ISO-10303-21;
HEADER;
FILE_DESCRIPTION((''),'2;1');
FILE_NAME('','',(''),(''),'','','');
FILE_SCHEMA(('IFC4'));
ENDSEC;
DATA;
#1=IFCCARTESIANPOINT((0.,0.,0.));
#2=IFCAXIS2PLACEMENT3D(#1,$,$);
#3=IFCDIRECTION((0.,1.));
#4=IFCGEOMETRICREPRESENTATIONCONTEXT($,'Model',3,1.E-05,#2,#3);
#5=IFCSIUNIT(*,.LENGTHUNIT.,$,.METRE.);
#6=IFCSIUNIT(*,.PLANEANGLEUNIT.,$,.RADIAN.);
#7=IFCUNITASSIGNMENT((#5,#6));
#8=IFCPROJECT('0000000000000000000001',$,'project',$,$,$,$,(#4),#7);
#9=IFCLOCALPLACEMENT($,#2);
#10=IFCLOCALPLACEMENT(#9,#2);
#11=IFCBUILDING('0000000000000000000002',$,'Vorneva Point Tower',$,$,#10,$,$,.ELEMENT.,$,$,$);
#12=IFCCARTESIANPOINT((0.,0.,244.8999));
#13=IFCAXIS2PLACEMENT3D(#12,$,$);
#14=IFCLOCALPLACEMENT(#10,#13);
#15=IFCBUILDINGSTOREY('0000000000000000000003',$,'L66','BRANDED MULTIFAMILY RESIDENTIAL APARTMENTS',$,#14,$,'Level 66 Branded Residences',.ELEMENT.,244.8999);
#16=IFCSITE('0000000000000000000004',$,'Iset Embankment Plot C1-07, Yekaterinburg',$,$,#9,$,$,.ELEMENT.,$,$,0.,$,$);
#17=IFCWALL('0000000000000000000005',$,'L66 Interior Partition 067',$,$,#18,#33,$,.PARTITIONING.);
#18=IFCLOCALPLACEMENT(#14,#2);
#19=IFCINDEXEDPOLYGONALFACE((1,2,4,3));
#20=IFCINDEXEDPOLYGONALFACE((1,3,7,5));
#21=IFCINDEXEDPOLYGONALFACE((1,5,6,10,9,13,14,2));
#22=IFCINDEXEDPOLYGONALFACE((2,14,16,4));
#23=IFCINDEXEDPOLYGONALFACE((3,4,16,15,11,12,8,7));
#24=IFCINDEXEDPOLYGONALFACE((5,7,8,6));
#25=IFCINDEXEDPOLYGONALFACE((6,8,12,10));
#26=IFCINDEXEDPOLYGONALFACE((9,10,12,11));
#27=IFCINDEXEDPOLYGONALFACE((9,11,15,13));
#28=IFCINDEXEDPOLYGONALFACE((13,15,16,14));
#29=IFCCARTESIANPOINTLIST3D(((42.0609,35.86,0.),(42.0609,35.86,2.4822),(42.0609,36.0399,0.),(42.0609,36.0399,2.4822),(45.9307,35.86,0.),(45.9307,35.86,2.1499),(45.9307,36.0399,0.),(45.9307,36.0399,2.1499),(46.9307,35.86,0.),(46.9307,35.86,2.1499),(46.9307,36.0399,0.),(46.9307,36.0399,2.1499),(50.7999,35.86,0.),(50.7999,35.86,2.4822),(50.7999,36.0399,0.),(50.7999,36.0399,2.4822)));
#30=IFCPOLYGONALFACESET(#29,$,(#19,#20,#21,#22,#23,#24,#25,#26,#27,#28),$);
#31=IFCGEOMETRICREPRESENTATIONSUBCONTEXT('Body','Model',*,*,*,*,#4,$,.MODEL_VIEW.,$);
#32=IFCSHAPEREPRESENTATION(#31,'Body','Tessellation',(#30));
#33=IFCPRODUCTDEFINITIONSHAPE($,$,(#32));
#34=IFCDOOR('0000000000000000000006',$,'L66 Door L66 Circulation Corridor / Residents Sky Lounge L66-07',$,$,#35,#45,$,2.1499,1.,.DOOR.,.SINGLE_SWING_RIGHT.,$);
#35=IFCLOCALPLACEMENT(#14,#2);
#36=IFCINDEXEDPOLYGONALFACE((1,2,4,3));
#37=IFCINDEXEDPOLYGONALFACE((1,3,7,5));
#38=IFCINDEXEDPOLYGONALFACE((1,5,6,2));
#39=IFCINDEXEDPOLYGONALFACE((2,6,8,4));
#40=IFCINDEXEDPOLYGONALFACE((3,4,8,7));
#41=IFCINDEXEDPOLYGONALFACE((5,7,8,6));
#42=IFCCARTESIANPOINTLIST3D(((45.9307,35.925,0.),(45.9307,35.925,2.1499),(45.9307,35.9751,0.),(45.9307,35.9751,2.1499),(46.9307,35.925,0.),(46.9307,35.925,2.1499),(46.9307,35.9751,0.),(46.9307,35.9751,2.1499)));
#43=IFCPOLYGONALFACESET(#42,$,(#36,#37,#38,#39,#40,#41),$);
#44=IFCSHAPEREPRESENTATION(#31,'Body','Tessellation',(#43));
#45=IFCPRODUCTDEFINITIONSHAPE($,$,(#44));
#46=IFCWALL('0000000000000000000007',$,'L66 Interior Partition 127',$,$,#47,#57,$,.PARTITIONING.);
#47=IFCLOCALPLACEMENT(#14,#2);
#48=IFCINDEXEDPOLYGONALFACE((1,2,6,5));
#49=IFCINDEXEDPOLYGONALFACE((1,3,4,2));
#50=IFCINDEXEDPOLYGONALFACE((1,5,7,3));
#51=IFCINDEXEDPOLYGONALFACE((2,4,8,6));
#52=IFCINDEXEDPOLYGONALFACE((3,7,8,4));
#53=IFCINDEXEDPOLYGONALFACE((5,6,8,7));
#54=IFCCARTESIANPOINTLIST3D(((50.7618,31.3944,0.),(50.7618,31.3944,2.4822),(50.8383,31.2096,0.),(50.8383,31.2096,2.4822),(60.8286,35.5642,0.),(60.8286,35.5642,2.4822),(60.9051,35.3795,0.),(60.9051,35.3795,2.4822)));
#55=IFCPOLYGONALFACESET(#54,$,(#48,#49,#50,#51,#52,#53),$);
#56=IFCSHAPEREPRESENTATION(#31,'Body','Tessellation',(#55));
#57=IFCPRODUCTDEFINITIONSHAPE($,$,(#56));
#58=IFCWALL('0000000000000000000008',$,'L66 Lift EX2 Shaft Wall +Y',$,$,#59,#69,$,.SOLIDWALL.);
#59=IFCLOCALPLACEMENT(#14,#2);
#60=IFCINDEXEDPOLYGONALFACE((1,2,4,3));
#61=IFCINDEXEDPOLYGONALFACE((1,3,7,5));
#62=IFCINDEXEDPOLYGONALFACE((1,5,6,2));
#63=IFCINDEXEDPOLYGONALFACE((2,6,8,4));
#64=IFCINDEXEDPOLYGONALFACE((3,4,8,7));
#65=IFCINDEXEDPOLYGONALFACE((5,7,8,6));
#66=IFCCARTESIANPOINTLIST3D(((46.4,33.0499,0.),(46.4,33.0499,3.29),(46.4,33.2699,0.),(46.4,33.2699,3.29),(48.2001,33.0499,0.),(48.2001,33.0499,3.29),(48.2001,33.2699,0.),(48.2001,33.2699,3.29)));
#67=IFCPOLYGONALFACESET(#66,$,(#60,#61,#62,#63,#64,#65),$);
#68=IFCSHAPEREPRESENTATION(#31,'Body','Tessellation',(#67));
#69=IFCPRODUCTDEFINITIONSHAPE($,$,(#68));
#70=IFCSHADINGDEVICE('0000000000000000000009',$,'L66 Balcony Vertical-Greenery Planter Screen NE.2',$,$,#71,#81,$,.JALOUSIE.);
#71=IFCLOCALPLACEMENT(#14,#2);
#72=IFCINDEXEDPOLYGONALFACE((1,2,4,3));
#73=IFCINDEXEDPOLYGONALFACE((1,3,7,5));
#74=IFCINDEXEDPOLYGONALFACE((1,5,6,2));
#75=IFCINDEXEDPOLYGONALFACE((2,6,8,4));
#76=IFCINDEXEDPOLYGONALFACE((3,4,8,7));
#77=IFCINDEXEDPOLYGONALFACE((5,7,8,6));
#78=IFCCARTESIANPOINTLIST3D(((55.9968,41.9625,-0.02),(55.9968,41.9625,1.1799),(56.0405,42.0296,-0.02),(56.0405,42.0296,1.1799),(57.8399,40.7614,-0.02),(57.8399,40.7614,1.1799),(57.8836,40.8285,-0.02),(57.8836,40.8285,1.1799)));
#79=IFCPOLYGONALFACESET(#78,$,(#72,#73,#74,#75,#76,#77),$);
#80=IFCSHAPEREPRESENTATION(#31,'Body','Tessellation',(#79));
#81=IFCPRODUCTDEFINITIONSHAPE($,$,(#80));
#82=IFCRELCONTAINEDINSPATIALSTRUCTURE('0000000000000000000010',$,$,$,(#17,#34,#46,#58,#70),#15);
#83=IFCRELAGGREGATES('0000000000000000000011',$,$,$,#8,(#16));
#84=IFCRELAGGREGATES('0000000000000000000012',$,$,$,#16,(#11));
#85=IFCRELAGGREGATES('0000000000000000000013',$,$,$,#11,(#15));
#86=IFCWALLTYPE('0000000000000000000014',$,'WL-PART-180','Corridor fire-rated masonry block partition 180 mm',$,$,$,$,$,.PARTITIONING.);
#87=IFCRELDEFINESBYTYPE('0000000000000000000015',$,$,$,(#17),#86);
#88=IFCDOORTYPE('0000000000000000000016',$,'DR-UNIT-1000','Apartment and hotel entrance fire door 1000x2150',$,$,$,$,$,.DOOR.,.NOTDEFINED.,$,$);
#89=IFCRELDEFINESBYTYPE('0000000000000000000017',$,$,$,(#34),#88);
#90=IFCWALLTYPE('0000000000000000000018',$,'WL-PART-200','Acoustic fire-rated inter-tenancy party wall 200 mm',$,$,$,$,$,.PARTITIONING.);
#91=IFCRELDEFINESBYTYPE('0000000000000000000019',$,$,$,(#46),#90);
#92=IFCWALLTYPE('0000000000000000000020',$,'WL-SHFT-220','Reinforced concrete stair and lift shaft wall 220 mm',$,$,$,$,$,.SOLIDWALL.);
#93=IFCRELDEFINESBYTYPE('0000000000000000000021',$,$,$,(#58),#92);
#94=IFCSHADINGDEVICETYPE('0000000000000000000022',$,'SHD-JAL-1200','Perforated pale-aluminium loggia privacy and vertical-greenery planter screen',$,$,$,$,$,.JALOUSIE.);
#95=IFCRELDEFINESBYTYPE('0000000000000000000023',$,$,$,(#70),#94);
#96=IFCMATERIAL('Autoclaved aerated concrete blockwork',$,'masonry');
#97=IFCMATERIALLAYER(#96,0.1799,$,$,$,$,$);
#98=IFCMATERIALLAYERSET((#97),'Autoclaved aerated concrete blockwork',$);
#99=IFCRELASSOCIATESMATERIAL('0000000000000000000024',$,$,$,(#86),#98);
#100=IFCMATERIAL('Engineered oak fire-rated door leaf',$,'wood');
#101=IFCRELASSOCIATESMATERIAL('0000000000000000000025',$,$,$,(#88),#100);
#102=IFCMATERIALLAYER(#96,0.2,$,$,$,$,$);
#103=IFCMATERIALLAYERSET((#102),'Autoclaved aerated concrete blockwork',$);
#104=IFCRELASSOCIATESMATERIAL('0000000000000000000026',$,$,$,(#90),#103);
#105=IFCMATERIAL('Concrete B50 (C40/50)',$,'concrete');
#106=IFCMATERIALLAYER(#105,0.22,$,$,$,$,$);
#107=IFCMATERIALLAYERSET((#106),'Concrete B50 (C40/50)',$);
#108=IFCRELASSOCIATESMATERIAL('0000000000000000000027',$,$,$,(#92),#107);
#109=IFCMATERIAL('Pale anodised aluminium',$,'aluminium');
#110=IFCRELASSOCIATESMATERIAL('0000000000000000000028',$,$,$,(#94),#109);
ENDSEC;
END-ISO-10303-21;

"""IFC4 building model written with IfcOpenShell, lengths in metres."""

from ifc_helpers import new_model, si_unit, direction, frame, frame_2d, origin, origin_2d, place, context, subcontext, project, spatial, rectangle, extrude, material, layer, layer_set, type_object, element, fill, save


model = new_model("IFC4")

# Units and contexts
model_context = context("Model", 3, precision=1e-05, world=origin(), true_north=direction((0.0, 1.0)))
body_context = subcontext(model_context, "Body", "Model", "MODEL_VIEW")
ifc_project = project(units=[si_unit("LENGTHUNIT", "METRE"), si_unit("PLANEANGLEUNIT", "RADIAN")], contexts=[model_context])

# Site, building, storey
site_placement = place(None, origin())
site = spatial("IfcSite", under=ifc_project, at=site_placement, Name="Iset Embankment Plot C1-07, Yekaterinburg", CompositionType="ELEMENT", RefElevation=0.0)
building_placement = place(site_placement, origin())
building = spatial("IfcBuilding", under=site, at=building_placement, Name="Vorneva Point Tower", CompositionType="ELEMENT")
storey_placement = place(building_placement, frame((0.0, 0.0, 244.8999)))
storey = spatial("IfcBuildingStorey", under=building, at=storey_placement, Name="L66", Description="BRANDED MULTIFAMILY RESIDENTIAL APARTMENTS", LongName="Level 66 Branded Residences", CompositionType="ELEMENT", Elevation=244.8999)

# Shared definitions
ifc_material_1 = material(Name="Concrete B50 (C40/50)", Category="concrete")

# Shared definitions
ifc_material_2 = material(Name="Pale anodised aluminium", Category="aluminium")

# Wall, opening, door
ifc_material_3 = material(Name="Autoclaved aerated concrete blockwork", Category="masonry")
ifc_layer_1 = layer(ifc_material_3, 0.1799)
ifc_layer_set_1 = layer_set([ifc_layer_1], Name="Autoclaved aerated concrete blockwork")
wall_type_1 = type_object("IfcWallType", Name="WL-PART-180", Description="Corridor fire-rated masonry block partition 180 mm", PredefinedType="PARTITIONING", material=ifc_layer_set_1)
wall_1_placement = place(storey_placement, frame((50.8, 35.95, 0.0), z_axis=(0.0, 0.0, 1.0), x_axis=(-1.0, 0.0, 0.0)))
wall_1 = element("IfcWall", 1, at=wall_1_placement, inside=storey, type_object=wall_type_1, Name="L66 Interior Partition 067", PredefinedType="PARTITIONING", context=body_context, shape_type="SweptSolid", body=[
    extrude(rectangle(XDim=8.739, YDim=0.1799, at=frame_2d((4.3696, 0.0))), origin(), (0.0, 0.0, 1.0), 2.4822),
])
opening_1_placement = place(wall_1_placement, frame((3.8694, 0.0, 0.0)))
opening_1 = element("IfcOpeningElement", 2, at=opening_1_placement, cuts=wall_1, PredefinedType="OPENING", context=body_context, shape_type="SweptSolid", body=[
    extrude(rectangle(XDim=1.0, YDim=2.1499, at=frame_2d((0.5, 1.075))), frame((0.0, 0.105, 0.0), z_axis=(0.0, -1.0, 0.0), x_axis=(1.0, 0.0, 0.0)), (0.0, 0.0, 1.0), 0.2097),
])
ifc_material_4 = material(Name="Engineered oak fire-rated door leaf", Category="wood")
door_type_1 = type_object("IfcDoorType", Name="DR-UNIT-1000", Description="Apartment and hotel entrance fire door 1000x2150", OperationType="NOTDEFINED", PredefinedType="DOOR", material=ifc_material_4)
door_1_placement = place(opening_1_placement, origin())
door_1 = element("IfcDoor", 3, at=door_1_placement, inside=storey, type_object=door_type_1, Name="L66 Door L66 Circulation Corridor / Residents Sky Lounge L66-07", OperationType="SINGLE_SWING_RIGHT", OverallHeight=2.1499, OverallWidth=1.0, PredefinedType="DOOR", context=body_context, shape_type="SweptSolid", body=[
    extrude(rectangle(XDim=1.0, YDim=2.1499, at=frame_2d((0.5, 1.075))), frame((0.0, 0.0249, 0.0), z_axis=(0.0, -1.0, 0.0), x_axis=(1.0, 0.0, 0.0)), (0.0, 0.0, 1.0), 0.05),
])
fill(opening_1, door_1)

# Walls
ifc_layer_2 = layer(ifc_material_3, 0.2)
ifc_layer_set_2 = layer_set([ifc_layer_2], Name="Autoclaved aerated concrete blockwork")
wall_type_2 = type_object("IfcWallType", Name="WL-PART-200", Description="Acoustic fire-rated inter-tenancy party wall 200 mm", PredefinedType="PARTITIONING", material=ifc_layer_set_2)
wall_2_placement = place(storey_placement, frame((60.8669, 35.4719, 0.0), z_axis=(0.0, 0.0, 1.0), x_axis=(-0.923877, -0.38269, 0.0)))
element("IfcWall", 4, at=wall_2_placement, inside=storey, type_object=wall_type_2, Name="L66 Interior Partition 127", PredefinedType="PARTITIONING", context=body_context, shape_type="SweptSolid", body=[
    extrude(rectangle(XDim=10.8962, YDim=0.2, at=frame_2d((5.4482, 0.0))), origin(), (0.0, 0.0, 1.0), 2.4822),
])
ifc_layer_3 = layer(ifc_material_1, 0.22)
ifc_layer_set_3 = layer_set([ifc_layer_3], Name="Concrete B50 (C40/50)")
wall_type_3 = type_object("IfcWallType", Name="WL-SHFT-220", Description="Reinforced concrete stair and lift shaft wall 220 mm", PredefinedType="SOLIDWALL", material=ifc_layer_set_3)
wall_3_placement = place(storey_placement, frame((48.2, 33.1599, 0.0), z_axis=(0.0, 0.0, 1.0), x_axis=(-1.0, 0.0, 0.0)))
element("IfcWall", 5, at=wall_3_placement, inside=storey, type_object=wall_type_3, Name="L66 Lift EX2 Shaft Wall +Y", PredefinedType="SOLIDWALL", context=body_context, shape_type="SweptSolid", body=[
    extrude(rectangle(XDim=1.8, YDim=0.22, at=frame_2d((0.8999, 0.0))), origin(), (0.0, 0.0, 1.0), 3.29),
])

# Shading device
shading_device_type = type_object("IfcShadingDeviceType", Name="SHD-JAL-1200", Description="Perforated pale-aluminium loggia privacy and vertical-greenery planter screen", PredefinedType="JALOUSIE", material=ifc_material_2)
shading_device_placement = place(storey_placement, frame((56.9402, 41.3955, -0.02), z_axis=(0.0, 0.0, 1.0), x_axis=(-0.837795, 0.545985, 0.0)))
element("IfcShadingDevice", 6, at=shading_device_placement, inside=storey, type_object=shading_device_type, Name="L66 Balcony Vertical-Greenery Planter Screen NE.2", PredefinedType="JALOUSIE", context=body_context, shape_type="SweptSolid", body=[
    extrude(rectangle(XDim=2.2, YDim=0.0801, at=origin_2d()), origin(), (0.0, 0.0, 1.0), 1.2),
])

save(model, "model.ifc")
